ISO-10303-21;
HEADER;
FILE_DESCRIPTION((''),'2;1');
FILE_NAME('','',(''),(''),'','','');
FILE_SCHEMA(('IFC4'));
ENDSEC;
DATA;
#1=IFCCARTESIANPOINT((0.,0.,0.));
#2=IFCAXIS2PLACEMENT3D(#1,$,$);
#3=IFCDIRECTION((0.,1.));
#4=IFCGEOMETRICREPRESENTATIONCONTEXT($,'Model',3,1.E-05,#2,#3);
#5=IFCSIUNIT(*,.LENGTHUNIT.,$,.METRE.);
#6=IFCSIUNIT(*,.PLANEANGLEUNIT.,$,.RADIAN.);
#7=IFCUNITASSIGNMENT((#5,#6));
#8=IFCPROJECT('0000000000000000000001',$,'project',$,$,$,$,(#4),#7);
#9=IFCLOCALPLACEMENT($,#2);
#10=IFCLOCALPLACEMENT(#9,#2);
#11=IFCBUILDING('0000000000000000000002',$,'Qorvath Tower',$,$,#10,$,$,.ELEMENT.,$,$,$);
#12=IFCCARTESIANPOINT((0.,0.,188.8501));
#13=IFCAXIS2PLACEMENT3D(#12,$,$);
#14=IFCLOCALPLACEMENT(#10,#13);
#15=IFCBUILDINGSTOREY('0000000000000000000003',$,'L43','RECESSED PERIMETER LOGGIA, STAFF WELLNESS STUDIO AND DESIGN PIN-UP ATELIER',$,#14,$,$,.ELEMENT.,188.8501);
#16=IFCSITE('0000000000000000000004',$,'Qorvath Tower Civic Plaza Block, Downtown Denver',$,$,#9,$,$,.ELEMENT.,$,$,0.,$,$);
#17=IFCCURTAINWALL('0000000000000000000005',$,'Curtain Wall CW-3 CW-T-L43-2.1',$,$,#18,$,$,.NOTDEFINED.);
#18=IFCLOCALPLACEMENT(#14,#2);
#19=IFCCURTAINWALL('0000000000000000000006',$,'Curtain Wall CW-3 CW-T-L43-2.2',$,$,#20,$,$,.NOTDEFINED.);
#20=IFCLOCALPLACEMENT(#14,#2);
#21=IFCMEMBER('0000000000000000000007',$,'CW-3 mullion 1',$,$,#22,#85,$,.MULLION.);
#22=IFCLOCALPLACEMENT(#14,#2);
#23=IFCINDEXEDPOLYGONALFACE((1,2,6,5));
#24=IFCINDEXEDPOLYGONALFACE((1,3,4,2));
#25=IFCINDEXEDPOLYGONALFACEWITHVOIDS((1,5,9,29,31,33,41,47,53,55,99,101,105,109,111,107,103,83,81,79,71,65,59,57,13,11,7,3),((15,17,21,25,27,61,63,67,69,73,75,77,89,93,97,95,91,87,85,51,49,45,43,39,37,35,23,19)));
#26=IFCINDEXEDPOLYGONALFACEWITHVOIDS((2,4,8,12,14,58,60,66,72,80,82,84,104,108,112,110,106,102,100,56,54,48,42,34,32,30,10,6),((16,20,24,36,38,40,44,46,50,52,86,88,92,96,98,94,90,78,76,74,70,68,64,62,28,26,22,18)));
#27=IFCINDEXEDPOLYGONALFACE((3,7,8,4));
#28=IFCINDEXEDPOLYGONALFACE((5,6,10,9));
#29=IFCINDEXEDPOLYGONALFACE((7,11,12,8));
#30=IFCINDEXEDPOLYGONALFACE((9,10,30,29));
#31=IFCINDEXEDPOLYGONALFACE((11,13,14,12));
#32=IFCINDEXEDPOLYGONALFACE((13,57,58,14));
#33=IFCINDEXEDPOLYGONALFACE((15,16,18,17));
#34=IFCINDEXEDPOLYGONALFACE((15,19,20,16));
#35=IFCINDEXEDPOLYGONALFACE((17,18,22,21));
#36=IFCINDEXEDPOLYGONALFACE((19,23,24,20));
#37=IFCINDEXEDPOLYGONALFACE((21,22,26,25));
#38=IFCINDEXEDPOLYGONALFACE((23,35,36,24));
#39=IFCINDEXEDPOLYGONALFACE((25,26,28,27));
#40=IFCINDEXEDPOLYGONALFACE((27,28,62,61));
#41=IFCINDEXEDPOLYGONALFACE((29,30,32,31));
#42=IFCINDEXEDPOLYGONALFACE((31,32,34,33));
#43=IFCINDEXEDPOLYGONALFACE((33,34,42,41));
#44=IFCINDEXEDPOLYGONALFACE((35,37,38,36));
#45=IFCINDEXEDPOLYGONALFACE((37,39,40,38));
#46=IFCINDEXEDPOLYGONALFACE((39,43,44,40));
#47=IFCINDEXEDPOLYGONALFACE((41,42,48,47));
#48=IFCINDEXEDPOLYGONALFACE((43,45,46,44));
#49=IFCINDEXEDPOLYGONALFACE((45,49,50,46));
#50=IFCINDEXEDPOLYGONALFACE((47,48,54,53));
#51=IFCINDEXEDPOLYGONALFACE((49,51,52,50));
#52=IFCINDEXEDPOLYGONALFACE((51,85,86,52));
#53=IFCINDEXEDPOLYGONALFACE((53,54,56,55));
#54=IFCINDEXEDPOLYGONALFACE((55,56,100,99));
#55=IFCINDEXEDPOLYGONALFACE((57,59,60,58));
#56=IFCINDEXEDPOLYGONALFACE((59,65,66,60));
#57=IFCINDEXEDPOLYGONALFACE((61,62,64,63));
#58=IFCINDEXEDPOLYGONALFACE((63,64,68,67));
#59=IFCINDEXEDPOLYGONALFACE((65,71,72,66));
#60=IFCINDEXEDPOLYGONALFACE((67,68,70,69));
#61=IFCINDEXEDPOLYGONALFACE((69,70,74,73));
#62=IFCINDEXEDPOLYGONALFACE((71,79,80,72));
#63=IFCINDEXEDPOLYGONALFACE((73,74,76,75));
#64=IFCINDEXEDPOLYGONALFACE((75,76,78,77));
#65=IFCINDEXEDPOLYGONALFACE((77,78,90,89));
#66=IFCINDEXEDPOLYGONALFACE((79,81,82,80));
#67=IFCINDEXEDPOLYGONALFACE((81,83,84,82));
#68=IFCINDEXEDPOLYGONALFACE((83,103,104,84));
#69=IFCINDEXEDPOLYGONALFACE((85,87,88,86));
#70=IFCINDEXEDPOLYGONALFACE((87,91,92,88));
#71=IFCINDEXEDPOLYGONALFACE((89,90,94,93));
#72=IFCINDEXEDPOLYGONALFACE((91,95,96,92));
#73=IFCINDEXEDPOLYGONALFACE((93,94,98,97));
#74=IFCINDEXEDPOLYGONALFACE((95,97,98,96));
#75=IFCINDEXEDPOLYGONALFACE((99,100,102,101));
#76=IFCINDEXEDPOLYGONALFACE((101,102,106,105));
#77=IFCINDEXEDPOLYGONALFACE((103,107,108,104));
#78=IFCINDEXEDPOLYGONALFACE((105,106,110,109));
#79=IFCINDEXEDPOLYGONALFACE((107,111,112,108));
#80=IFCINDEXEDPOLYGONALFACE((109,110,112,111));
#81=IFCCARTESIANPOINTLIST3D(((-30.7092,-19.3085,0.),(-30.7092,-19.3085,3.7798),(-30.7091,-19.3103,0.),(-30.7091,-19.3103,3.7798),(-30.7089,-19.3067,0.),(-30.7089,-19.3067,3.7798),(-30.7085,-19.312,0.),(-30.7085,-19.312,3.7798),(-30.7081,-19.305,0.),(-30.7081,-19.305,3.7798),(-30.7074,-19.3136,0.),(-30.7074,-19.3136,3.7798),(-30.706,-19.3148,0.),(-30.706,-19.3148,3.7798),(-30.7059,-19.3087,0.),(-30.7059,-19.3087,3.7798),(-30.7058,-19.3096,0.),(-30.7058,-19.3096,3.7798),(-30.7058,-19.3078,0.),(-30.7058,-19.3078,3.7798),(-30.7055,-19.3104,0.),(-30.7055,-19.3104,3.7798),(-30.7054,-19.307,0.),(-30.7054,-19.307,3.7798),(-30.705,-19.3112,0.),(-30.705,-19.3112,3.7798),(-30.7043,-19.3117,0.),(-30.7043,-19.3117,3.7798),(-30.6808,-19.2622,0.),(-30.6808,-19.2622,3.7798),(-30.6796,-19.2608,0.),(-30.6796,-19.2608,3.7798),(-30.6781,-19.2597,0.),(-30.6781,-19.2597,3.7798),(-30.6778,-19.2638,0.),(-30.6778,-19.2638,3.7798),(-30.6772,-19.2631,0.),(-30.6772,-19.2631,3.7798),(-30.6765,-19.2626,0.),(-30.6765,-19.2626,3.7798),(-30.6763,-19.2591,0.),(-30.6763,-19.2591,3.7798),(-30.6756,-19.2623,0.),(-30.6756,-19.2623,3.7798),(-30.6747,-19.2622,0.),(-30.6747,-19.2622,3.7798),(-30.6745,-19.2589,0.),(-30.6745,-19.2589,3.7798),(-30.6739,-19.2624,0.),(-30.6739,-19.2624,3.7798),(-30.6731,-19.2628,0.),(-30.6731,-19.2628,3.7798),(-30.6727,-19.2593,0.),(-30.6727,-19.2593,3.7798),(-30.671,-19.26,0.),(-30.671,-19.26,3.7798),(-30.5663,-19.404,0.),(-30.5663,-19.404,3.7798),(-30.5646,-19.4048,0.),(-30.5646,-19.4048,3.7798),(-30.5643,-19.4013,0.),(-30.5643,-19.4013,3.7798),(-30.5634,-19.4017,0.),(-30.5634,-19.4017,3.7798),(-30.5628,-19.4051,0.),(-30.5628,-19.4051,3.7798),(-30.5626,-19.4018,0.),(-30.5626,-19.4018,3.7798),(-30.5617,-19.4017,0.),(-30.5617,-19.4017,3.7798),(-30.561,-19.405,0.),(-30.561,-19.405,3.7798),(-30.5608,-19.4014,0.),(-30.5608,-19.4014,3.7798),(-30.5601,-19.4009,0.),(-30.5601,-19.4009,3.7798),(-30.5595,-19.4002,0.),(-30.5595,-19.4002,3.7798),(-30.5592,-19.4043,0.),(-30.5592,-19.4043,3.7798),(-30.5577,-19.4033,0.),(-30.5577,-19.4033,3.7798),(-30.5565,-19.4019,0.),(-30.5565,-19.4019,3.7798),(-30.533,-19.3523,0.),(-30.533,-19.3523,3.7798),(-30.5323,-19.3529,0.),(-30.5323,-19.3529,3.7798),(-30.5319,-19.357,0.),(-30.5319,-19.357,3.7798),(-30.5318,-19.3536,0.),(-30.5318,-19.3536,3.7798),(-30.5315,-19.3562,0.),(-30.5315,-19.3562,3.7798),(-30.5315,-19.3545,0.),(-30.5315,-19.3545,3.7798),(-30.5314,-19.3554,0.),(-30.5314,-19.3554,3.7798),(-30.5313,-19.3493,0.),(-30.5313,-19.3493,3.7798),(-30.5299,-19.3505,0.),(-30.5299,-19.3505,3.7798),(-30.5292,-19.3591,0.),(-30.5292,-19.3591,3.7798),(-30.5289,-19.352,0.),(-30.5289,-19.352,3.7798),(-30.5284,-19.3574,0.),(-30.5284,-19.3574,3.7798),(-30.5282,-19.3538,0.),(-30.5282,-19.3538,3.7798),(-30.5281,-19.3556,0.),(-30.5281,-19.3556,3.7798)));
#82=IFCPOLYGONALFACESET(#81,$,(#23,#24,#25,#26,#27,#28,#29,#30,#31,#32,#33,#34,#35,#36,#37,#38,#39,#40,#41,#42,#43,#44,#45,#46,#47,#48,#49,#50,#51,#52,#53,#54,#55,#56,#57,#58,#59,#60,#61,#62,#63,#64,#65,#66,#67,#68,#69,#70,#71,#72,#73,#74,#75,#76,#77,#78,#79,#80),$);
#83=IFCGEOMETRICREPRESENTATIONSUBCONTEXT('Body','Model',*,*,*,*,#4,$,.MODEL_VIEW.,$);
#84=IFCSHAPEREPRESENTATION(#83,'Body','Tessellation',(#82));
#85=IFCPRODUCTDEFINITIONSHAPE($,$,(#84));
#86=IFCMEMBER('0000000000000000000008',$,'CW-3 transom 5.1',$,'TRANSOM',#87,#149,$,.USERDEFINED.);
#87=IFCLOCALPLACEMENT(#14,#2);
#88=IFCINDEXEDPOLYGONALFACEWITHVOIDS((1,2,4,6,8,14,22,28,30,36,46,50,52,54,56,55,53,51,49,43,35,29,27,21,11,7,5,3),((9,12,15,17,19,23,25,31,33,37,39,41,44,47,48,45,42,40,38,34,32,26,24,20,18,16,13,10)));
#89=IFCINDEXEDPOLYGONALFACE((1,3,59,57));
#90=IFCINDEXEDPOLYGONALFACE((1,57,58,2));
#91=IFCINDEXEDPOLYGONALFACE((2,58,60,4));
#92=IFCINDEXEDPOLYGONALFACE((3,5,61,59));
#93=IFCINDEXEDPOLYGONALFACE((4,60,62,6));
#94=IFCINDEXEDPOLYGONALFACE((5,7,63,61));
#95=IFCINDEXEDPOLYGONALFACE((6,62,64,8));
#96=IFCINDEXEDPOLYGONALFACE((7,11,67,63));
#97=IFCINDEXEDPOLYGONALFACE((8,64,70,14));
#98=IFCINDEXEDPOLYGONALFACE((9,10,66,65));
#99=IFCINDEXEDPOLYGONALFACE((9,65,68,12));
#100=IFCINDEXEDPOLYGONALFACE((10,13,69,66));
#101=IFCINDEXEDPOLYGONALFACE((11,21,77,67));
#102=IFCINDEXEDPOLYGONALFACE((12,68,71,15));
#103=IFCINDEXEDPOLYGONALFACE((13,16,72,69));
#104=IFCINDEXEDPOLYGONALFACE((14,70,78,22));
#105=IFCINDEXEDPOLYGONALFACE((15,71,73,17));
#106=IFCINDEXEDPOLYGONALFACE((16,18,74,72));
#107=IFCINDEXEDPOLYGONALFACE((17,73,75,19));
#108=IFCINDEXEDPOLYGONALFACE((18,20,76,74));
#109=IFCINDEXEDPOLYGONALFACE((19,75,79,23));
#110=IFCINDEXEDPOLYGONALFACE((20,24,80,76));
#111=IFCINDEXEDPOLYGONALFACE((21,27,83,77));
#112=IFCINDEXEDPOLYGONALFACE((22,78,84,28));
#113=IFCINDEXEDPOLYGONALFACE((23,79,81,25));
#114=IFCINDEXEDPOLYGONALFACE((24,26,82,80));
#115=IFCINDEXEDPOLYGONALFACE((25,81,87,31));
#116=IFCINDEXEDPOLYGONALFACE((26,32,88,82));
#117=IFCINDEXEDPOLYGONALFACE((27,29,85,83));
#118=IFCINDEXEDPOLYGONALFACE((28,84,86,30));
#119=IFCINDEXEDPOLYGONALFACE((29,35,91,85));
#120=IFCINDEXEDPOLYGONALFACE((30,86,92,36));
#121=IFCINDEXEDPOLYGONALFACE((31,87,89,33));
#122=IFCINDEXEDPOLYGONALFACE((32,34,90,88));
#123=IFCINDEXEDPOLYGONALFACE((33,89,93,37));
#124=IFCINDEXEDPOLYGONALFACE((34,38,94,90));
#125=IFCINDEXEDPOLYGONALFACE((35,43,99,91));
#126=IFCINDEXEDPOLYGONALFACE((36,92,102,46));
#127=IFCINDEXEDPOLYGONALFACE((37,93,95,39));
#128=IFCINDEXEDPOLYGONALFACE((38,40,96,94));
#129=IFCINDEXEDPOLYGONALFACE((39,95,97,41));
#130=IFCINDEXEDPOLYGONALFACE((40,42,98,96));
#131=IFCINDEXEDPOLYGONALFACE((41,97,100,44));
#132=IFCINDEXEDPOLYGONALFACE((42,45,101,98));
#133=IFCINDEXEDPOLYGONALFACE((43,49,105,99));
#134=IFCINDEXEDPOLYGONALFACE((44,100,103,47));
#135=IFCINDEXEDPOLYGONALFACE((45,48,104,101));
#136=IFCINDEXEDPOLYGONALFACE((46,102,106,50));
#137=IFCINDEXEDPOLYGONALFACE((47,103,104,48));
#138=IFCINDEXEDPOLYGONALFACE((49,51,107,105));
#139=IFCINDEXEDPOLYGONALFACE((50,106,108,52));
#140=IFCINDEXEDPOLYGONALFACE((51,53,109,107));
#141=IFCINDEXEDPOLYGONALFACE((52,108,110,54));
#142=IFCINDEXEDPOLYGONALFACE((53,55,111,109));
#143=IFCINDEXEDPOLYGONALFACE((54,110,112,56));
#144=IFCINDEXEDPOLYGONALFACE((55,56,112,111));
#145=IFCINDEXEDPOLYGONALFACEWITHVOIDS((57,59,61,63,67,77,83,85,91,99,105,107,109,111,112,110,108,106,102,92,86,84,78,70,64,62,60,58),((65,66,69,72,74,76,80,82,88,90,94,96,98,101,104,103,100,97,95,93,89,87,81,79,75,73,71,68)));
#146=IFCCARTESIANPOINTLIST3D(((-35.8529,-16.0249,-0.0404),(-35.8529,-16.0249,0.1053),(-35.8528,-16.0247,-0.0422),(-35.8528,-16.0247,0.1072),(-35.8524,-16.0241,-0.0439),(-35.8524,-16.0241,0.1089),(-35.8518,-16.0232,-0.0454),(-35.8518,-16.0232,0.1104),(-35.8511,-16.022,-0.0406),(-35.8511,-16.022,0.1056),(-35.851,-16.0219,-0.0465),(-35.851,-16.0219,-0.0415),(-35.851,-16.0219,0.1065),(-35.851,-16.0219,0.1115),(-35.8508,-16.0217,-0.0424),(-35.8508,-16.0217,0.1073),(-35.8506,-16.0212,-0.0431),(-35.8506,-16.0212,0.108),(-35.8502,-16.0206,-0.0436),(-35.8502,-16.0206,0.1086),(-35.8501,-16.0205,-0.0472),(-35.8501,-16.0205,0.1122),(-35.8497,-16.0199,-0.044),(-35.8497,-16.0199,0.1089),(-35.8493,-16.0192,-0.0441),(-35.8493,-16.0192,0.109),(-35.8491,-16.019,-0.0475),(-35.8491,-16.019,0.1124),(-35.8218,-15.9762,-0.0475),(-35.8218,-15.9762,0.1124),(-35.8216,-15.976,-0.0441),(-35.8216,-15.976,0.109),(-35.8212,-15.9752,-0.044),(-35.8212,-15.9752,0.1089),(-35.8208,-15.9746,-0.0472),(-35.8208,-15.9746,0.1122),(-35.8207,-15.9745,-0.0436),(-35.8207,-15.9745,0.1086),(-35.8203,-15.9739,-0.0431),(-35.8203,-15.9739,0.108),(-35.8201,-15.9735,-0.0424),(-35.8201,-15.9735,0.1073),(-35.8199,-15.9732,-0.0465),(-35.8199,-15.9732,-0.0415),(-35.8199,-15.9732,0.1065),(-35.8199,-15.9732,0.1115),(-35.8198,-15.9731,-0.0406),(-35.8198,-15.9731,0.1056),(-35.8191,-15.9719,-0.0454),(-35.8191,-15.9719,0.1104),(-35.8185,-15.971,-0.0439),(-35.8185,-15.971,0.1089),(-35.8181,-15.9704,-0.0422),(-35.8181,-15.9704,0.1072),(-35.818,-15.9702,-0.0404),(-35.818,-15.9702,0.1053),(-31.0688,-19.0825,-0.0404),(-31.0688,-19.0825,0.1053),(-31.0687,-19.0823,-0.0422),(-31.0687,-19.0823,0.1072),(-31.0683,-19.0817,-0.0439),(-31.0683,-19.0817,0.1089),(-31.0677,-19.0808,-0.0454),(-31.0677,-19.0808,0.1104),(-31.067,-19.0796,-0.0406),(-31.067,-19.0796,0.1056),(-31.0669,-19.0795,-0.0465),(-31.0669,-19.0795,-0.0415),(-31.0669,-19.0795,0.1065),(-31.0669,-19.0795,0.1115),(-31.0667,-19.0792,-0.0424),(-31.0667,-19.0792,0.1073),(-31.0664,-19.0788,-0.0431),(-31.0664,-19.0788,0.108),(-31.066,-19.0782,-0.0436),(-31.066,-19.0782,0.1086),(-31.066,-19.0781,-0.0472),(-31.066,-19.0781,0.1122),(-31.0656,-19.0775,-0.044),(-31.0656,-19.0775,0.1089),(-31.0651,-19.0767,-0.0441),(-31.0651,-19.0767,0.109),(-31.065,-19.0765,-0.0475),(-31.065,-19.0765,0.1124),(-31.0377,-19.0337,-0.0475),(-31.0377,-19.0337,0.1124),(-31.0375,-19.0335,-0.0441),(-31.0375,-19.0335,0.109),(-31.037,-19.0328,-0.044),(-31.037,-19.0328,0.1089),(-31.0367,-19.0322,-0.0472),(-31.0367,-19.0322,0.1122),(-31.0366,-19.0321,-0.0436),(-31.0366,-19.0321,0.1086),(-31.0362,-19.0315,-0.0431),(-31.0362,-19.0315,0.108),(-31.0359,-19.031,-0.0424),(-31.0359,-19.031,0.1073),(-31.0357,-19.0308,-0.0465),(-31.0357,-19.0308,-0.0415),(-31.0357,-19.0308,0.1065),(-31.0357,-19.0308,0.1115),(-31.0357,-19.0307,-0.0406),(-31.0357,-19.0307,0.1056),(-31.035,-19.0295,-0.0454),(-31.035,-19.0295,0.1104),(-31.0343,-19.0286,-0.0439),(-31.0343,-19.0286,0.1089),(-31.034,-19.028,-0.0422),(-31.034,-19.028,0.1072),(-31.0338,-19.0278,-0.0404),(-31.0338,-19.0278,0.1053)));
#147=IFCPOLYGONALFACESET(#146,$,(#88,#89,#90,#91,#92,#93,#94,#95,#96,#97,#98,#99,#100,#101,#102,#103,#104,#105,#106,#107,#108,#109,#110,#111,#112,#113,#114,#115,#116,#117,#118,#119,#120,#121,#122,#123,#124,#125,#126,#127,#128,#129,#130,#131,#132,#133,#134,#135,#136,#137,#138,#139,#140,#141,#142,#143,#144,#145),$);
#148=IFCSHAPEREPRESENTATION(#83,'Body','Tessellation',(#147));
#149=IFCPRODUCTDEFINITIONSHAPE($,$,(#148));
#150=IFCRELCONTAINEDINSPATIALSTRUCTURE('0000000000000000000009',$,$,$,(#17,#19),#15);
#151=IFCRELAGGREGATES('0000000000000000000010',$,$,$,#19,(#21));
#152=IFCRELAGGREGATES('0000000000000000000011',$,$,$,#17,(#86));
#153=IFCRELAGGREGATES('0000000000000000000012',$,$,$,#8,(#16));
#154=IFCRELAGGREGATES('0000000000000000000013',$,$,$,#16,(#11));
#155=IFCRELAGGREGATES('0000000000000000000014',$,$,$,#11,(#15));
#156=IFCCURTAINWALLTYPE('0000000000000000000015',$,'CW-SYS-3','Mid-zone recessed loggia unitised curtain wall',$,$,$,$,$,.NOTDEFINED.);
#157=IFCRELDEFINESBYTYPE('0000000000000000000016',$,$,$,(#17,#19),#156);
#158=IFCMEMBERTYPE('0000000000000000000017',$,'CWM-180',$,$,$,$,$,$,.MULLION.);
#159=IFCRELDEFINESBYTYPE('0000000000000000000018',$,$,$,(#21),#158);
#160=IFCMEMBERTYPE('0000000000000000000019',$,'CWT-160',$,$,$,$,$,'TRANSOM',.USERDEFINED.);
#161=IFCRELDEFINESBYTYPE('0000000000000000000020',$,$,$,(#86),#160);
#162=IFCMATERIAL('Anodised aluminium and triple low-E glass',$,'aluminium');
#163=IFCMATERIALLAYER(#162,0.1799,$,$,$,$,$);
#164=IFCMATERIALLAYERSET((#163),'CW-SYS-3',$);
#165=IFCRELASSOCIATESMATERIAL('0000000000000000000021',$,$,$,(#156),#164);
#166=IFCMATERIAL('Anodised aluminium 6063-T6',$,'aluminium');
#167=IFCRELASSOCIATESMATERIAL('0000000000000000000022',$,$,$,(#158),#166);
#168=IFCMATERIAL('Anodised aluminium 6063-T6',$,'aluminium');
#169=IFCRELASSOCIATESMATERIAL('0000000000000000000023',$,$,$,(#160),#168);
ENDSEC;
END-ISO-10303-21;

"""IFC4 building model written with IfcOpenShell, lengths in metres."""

from ifc_helpers import new_model, si_unit, direction, frame, origin, origin_2d, place, context, subcontext, project, spatial, hollow_rectangle, extrude, material, layer, layer_set, material_profile, profile_set, type_object, element, aggregate, save


model = new_model("IFC4")

# Units and contexts
model_context = context("Model", 3, precision=1e-05, world=origin(), true_north=direction((0.0, 1.0)))
body_context = subcontext(model_context, "Body", "Model", "MODEL_VIEW")
ifc_project = project(units=[si_unit("LENGTHUNIT", "METRE"), si_unit("PLANEANGLEUNIT", "RADIAN")], contexts=[model_context])

# Site, building, storey
site_placement = place(None, origin())
site = spatial("IfcSite", under=ifc_project, at=site_placement, Name="Qorvath Tower Civic Plaza Block, Downtown Denver", CompositionType="ELEMENT", RefElevation=0.0)
building_placement = place(site_placement, origin())
building = spatial("IfcBuilding", under=site, at=building_placement, Name="Qorvath Tower", CompositionType="ELEMENT")
storey_placement = place(building_placement, frame((0.0, 0.0, 188.8501)))
storey = spatial("IfcBuildingStorey", under=building, at=storey_placement, Name="L43", Description="RECESSED PERIMETER LOGGIA, STAFF WELLNESS STUDIO AND DESIGN PIN-UP ATELIER", CompositionType="ELEMENT", Elevation=188.8501)

# Curtain wall
ifc_material_1 = material(Name="Anodised aluminium and triple low-E glass", Category="aluminium")
ifc_layer_1 = layer(ifc_material_1, 0.1799)
ifc_layer_set_1 = layer_set([ifc_layer_1], Name="CW-SYS-3")
curtain_wall_type = type_object("IfcCurtainWallType", Name="CW-SYS-3", Description="Mid-zone recessed loggia unitised curtain wall", PredefinedType="NOTDEFINED", material=ifc_layer_set_1)
curtain_wall_1_placement = place(storey_placement, origin())
curtain_wall_1 = element("IfcCurtainWall", 1, at=curtain_wall_1_placement, inside=storey, type_object=curtain_wall_type, Name="Curtain Wall CW-3 CW-T-L43-2.1", PredefinedType="NOTDEFINED")
ifc_material_2 = material(Name="Anodised aluminium 6063-T6", Category="aluminium")
ifc_material_profile_1 = material_profile(ifc_material_2, hollow_rectangle(XDim=0.0649, YDim=0.1799, WallThickness=0.0034, InnerFilletRadius=0.0034, OuterFilletRadius=0.0071, at=origin_2d()), Name="CWM 180x65")
ifc_profile_set_1 = profile_set([ifc_material_profile_1], Name="Anodised aluminium 6063-T6")
member_type_1 = type_object("IfcMemberType", Name="CWM-180", PredefinedType="MULLION", material=ifc_profile_set_1)

# Curtain wall, member
curtain_wall_2_placement = place(storey_placement, origin())
curtain_wall_2 = element("IfcCurtainWall", 2, at=curtain_wall_2_placement, inside=storey, type_object=curtain_wall_type, Name="Curtain Wall CW-3 CW-T-L43-2.2", PredefinedType="NOTDEFINED")
member_1_placement = place(storey_placement, frame((-30.6187, -19.332, 0.0), z_axis=(0.0, 0.0, 1.0), x_axis=(0.538531, 0.842606, 0.0)))
member_1 = element("IfcMember", 3, at=member_1_placement, type_object=member_type_1, Name="CW-3 mullion 1", PredefinedType="MULLION", context=body_context, shape_type="SweptSolid", body=[
    extrude(hollow_rectangle(XDim=0.0649, YDim=0.1799, WallThickness=0.0034, InnerFilletRadius=0.0034, OuterFilletRadius=0.0071, at=origin_2d()), origin(), (0.0, 0.0, 1.0), 3.7798),
])
aggregate(curtain_wall_2, [member_1])

# Member
ifc_material_3 = material(Name="Anodised aluminium 6063-T6", Category="aluminium")
ifc_material_profile_2 = material_profile(ifc_material_3, hollow_rectangle(XDim=0.0649, YDim=0.1599, WallThickness=0.0034, InnerFilletRadius=0.0034, OuterFilletRadius=0.0071, at=origin_2d()), Name="CWT 160x65")
ifc_profile_set_2 = profile_set([ifc_material_profile_2], Name="Anodised aluminium 6063-T6")
member_type_2 = type_object("IfcMemberType", Name="CWT-160", ElementType="TRANSOM", PredefinedType="USERDEFINED", material=ifc_profile_set_2)
member_2_placement = place(storey_placement, frame((-35.8354, -15.9976, 0.0325), z_axis=(0.842612, -0.538522, 0.0), x_axis=(0.538522, 0.842612, 0.0)))
member_2 = element("IfcMember", 4, at=member_2_placement, type_object=member_type_2, Name="CW-3 transom 5.1", ObjectType="TRANSOM", PredefinedType="USERDEFINED", context=body_context, shape_type="SweptSolid", body=[
    extrude(hollow_rectangle(XDim=0.0649, YDim=0.1599, WallThickness=0.0034, InnerFilletRadius=0.0034, OuterFilletRadius=0.0071, at=origin_2d()), origin(), (0.0, 0.0, 1.0), 5.6777),
])

aggregate(curtain_wall_1, [member_2])

save(model, "model.ifc")
